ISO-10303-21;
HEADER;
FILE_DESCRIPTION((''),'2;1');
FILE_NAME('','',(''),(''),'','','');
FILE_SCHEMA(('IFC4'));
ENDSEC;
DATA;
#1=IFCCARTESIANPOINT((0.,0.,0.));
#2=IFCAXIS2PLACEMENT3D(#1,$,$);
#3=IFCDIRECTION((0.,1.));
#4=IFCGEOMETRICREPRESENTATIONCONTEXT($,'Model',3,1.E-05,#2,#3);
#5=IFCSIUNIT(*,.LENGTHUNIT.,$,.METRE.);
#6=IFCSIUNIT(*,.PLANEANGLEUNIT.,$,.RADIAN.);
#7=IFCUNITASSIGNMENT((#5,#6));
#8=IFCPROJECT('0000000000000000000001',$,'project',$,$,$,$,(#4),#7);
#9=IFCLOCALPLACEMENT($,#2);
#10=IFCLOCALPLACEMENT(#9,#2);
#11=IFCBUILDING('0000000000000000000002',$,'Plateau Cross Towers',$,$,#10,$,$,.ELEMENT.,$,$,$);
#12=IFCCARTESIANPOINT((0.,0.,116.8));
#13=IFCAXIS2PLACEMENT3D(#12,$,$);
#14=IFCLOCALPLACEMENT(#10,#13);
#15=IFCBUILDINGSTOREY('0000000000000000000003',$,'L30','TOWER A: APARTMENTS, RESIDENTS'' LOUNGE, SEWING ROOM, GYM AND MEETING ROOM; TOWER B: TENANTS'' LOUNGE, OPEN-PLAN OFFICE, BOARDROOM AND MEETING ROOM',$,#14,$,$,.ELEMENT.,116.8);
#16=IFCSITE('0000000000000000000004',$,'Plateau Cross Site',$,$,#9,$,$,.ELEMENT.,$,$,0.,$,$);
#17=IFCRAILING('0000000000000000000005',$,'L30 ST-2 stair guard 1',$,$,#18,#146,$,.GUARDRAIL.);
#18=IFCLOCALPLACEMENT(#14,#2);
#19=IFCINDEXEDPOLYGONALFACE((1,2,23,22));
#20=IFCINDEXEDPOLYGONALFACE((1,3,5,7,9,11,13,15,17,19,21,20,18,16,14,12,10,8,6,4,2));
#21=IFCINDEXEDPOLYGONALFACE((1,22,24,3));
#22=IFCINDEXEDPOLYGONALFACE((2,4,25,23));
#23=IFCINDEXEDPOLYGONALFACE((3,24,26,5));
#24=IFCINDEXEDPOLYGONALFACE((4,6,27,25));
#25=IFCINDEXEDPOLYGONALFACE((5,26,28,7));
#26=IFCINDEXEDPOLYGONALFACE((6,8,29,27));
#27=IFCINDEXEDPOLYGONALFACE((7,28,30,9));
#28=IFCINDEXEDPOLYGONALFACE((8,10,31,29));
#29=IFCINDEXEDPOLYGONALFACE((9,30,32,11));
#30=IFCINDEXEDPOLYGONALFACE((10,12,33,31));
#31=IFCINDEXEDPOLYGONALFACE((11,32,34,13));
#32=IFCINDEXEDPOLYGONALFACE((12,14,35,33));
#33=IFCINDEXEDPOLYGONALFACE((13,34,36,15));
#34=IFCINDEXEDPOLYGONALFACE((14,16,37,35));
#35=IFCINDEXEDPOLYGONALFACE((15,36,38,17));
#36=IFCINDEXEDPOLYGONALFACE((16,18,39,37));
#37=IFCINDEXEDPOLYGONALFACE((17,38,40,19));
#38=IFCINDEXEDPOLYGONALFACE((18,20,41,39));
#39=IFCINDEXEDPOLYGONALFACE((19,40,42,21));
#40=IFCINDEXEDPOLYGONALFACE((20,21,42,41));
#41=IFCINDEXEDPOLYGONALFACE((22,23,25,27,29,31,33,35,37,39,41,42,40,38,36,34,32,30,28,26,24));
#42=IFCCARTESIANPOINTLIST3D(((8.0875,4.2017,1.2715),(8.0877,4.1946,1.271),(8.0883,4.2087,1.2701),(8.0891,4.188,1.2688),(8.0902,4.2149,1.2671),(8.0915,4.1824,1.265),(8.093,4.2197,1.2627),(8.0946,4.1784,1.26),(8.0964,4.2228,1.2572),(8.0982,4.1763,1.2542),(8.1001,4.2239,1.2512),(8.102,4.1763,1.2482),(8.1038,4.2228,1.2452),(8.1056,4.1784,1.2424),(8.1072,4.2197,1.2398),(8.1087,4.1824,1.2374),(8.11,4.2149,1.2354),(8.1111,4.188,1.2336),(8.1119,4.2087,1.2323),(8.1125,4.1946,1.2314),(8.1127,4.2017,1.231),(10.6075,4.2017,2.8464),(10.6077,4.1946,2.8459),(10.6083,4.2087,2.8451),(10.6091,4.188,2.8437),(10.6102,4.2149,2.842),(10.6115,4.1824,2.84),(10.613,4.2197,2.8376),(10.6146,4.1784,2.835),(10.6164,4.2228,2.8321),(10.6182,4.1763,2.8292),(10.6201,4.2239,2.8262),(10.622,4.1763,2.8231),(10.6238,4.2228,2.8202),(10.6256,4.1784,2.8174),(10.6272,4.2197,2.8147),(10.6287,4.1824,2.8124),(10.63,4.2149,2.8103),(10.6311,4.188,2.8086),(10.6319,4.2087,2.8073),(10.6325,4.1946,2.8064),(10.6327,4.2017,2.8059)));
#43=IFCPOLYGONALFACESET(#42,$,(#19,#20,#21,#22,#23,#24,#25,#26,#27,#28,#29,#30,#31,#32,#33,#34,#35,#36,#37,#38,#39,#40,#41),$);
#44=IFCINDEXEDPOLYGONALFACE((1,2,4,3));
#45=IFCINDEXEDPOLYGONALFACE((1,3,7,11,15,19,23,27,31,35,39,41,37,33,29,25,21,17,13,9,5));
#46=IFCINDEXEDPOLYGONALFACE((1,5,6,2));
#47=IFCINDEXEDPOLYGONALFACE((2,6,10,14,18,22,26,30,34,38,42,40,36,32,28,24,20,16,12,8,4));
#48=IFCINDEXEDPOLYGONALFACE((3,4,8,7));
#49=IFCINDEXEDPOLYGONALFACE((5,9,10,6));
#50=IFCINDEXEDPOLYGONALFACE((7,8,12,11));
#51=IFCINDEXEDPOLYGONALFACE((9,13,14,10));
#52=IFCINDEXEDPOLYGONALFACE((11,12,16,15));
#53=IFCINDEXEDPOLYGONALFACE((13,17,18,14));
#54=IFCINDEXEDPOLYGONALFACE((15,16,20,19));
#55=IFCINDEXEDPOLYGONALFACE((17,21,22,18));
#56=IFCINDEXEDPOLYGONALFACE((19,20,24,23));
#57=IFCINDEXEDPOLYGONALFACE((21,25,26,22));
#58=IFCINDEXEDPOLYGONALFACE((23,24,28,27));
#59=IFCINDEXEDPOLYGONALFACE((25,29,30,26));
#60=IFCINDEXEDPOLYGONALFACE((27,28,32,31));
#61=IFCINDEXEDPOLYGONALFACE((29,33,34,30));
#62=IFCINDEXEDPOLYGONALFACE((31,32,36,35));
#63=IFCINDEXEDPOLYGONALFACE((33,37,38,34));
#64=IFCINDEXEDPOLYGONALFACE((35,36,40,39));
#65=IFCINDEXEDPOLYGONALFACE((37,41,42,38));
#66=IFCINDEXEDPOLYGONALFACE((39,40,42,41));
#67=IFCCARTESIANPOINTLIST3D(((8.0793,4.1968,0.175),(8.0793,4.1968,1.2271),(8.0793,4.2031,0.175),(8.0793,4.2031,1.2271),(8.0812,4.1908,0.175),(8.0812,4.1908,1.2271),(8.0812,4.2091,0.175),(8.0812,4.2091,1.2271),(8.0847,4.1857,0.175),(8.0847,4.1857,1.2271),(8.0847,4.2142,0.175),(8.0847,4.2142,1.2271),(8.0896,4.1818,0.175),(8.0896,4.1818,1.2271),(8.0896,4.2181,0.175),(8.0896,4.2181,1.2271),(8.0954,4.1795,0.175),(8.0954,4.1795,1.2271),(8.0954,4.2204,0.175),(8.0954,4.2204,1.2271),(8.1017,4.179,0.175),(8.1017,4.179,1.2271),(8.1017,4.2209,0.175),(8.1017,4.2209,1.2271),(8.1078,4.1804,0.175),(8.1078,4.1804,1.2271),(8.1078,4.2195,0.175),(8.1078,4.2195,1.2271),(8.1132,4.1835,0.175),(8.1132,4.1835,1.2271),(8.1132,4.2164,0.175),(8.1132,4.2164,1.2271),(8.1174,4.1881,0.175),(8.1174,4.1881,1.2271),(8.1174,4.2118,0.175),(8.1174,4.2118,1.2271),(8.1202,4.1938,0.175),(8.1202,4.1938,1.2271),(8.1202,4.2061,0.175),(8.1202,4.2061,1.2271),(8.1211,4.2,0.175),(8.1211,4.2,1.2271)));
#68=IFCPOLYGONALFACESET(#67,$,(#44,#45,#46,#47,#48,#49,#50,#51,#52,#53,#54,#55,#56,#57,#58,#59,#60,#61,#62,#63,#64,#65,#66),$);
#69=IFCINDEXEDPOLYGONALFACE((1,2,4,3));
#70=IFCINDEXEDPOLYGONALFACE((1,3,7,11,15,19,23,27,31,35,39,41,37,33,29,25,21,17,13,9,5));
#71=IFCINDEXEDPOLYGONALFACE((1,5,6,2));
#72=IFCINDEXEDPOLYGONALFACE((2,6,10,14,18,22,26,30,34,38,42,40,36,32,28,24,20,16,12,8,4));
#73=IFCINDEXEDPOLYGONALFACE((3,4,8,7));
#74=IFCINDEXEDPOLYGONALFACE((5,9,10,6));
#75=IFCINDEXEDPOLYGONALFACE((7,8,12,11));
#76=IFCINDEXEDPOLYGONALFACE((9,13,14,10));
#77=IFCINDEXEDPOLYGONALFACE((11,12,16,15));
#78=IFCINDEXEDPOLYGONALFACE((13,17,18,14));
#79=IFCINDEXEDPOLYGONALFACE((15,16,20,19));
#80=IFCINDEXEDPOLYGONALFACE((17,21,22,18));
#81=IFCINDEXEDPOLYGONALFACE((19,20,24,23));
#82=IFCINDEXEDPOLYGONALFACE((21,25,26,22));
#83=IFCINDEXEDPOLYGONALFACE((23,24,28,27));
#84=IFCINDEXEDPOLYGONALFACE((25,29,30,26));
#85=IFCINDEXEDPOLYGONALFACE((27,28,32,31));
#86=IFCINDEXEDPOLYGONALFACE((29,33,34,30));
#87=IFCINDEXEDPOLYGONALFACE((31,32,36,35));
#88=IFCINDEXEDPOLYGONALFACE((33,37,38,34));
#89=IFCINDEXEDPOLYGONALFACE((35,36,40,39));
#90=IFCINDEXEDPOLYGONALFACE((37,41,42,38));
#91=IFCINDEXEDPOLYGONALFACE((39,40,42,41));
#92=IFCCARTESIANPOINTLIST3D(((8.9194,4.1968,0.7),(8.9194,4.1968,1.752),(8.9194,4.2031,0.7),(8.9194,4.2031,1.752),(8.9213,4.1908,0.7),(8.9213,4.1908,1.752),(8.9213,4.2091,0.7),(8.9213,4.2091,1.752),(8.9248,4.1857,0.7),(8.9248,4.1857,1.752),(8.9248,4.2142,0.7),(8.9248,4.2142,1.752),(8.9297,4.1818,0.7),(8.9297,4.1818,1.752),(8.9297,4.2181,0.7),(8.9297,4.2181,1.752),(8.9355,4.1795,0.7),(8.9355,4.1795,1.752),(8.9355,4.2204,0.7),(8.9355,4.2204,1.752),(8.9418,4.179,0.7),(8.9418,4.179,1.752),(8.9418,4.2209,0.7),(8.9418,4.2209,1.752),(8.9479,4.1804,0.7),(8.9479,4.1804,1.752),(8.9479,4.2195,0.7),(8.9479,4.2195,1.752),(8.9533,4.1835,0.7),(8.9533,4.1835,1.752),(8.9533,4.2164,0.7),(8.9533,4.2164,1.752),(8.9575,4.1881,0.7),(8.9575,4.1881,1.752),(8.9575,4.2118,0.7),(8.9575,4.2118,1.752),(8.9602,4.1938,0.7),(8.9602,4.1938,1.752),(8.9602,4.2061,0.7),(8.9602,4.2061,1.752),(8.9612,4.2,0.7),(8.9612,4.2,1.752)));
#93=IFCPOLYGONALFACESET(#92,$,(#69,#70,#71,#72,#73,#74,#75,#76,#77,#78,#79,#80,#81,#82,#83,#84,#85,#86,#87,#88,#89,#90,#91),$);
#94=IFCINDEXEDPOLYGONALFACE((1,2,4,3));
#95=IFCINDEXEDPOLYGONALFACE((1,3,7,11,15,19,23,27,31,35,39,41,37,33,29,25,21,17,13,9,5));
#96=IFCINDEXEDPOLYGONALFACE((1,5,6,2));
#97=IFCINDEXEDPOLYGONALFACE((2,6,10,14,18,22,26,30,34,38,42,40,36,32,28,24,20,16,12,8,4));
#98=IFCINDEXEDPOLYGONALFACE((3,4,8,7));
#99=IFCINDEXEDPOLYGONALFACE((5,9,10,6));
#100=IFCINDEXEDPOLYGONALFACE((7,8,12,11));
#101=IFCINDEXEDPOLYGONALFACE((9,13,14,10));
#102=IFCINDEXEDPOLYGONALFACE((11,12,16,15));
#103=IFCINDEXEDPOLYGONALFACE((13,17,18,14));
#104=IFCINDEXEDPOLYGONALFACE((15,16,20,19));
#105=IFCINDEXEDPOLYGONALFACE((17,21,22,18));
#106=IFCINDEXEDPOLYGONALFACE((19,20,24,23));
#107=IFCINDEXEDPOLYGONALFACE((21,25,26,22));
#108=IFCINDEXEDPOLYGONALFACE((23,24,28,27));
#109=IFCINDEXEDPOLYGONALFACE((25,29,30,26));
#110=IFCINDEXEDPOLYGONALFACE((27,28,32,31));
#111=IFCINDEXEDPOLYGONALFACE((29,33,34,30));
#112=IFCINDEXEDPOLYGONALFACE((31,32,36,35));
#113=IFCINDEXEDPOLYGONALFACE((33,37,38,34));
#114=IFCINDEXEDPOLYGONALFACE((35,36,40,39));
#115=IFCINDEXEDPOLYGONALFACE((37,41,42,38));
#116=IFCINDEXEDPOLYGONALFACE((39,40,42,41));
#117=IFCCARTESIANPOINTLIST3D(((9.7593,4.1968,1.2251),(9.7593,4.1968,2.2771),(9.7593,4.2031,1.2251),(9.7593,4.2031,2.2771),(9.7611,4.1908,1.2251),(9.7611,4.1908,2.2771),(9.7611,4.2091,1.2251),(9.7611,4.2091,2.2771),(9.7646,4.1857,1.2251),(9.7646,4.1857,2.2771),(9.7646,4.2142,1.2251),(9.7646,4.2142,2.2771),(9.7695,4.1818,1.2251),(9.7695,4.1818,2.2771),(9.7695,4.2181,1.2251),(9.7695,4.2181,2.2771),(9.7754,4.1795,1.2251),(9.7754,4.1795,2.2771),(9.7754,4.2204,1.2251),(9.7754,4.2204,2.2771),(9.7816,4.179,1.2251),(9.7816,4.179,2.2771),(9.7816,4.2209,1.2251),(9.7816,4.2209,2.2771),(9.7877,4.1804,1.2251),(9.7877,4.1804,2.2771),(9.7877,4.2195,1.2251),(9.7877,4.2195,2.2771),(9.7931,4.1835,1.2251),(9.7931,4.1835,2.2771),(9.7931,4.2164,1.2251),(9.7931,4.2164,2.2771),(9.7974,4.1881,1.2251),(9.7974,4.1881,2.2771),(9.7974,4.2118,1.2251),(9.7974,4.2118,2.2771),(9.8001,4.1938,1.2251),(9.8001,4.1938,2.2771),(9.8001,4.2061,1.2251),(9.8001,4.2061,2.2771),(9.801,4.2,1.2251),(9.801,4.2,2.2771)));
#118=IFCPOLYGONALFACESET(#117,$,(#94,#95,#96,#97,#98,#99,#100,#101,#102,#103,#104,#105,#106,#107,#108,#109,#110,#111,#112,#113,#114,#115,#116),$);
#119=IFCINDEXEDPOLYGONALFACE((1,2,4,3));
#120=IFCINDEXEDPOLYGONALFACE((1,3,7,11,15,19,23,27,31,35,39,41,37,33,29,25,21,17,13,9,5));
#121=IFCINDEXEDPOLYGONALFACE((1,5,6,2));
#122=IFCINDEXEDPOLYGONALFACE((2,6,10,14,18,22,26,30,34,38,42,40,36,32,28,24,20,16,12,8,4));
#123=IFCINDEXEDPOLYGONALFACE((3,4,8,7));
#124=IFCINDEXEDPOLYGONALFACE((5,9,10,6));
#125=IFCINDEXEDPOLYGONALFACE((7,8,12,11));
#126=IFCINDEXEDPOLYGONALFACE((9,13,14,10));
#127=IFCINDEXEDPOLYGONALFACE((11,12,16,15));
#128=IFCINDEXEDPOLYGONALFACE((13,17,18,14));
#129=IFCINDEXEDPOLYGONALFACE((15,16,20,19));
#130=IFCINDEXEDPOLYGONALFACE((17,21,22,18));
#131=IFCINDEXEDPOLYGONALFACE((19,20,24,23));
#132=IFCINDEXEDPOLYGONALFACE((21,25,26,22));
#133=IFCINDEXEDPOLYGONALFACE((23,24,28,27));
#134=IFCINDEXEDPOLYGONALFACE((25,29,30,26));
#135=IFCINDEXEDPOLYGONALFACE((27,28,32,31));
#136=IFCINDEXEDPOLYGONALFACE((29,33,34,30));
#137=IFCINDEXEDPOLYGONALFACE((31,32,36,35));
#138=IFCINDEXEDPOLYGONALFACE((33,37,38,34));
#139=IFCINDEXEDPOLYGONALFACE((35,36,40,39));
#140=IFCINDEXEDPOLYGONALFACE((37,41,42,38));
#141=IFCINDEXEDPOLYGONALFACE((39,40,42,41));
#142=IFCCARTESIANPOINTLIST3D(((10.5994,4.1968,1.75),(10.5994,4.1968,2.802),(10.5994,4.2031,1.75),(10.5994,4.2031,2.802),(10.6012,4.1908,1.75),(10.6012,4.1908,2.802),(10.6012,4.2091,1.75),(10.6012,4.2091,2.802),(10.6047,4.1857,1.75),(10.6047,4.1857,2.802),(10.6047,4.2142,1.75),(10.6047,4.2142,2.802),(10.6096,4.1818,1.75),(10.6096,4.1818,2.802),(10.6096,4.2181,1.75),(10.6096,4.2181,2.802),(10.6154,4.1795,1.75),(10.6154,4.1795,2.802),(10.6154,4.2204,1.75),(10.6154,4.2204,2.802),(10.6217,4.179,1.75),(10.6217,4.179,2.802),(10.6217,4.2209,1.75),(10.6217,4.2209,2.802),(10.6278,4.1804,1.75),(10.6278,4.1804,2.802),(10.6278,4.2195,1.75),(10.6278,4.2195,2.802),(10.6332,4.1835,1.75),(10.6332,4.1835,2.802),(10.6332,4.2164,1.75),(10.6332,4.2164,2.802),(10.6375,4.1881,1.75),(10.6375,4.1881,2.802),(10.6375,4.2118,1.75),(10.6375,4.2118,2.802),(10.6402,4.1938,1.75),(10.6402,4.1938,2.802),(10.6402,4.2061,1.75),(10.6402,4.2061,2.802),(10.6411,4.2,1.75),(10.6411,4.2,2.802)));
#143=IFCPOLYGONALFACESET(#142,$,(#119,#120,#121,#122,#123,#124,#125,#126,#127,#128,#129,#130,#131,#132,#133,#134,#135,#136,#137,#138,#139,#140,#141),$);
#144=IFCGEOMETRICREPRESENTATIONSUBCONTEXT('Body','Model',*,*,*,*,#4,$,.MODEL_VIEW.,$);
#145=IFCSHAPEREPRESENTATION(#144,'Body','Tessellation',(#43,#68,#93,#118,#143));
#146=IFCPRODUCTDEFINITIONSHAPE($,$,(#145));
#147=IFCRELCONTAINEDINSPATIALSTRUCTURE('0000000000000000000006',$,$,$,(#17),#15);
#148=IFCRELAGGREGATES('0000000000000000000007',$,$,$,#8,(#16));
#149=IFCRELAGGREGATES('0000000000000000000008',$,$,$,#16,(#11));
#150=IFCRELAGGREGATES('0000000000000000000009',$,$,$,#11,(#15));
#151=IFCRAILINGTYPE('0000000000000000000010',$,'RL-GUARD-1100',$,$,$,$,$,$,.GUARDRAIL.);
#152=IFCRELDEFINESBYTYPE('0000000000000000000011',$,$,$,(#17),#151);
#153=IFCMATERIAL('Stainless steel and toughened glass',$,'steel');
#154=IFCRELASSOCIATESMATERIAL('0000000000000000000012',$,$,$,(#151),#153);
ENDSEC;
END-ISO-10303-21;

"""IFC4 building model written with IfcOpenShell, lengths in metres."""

from ifc_helpers import new_model, si_unit, direction, frame, origin, origin_2d, place, context, subcontext, project, spatial, circle, extrude, material, type_object, element, save


model = new_model("IFC4")

# Units and contexts
model_context = context("Model", 3, precision=1e-05, world=origin(), true_north=direction((0.0, 1.0)))
body_context = subcontext(model_context, "Body", "Model", "MODEL_VIEW")
ifc_project = project(units=[si_unit("LENGTHUNIT", "METRE"), si_unit("PLANEANGLEUNIT", "RADIAN")], contexts=[model_context])

# Site, building, storey
site_placement = place(None, origin())
site = spatial("IfcSite", under=ifc_project, at=site_placement, Name="Plateau Cross Site", CompositionType="ELEMENT", RefElevation=0.0)
building_placement = place(site_placement, origin())
building = spatial("IfcBuilding", under=site, at=building_placement, Name="Plateau Cross Towers", CompositionType="ELEMENT")
storey_placement = place(building_placement, frame((0.0, 0.0, 116.8)))
storey = spatial("IfcBuildingStorey", under=building, at=storey_placement, Name="L30", Description="TOWER A: APARTMENTS, RESIDENTS' LOUNGE, SEWING ROOM, GYM AND MEETING ROOM; TOWER B: TENANTS' LOUNGE, OPEN-PLAN OFFICE, BOARDROOM AND MEETING ROOM", CompositionType="ELEMENT", Elevation=116.8)

# Railing
ifc_material_1 = material(Name="Stainless steel and toughened glass", Category="steel")
railing_type_1 = type_object("IfcRailingType", Name="RL-GUARD-1100", PredefinedType="GUARDRAIL", material=ifc_material_1)
railing_1_placement = place(storey_placement, frame((8.1001, 4.2, 0.175)))
element("IfcRailing", 1, at=railing_1_placement, inside=storey, type_object=railing_type_1, Name="L30 ST-2 stair guard 1", PredefinedType="GUARDRAIL", context=body_context, shape_type="SweptSolid", body=[
    extrude(circle(Radius=0.0239, at=origin_2d()), frame((0.0, 0.0, 1.0762), z_axis=(0.848008, 0.0, 0.529984), x_axis=(0.0, 1.0, 0.0)), (0.0, 0.0, 1.0), 2.9717),
    extrude(circle(Radius=0.021, at=origin_2d()), origin(), (0.0, 0.0, 1.0), 1.052),
    extrude(circle(Radius=0.021, at=origin_2d()), frame((0.8401, 0.0, 0.5249)), (0.0, 0.0, 1.0), 1.052),
    extrude(circle(Radius=0.021, at=origin_2d()), frame((1.6799, 0.0, 1.05)), (0.0, 0.0, 1.0), 1.052),
    extrude(circle(Radius=0.021, at=origin_2d()), frame((2.52, 0.0, 1.575)), (0.0, 0.0, 1.0), 1.052),
])

save(model, "model.ifc")
